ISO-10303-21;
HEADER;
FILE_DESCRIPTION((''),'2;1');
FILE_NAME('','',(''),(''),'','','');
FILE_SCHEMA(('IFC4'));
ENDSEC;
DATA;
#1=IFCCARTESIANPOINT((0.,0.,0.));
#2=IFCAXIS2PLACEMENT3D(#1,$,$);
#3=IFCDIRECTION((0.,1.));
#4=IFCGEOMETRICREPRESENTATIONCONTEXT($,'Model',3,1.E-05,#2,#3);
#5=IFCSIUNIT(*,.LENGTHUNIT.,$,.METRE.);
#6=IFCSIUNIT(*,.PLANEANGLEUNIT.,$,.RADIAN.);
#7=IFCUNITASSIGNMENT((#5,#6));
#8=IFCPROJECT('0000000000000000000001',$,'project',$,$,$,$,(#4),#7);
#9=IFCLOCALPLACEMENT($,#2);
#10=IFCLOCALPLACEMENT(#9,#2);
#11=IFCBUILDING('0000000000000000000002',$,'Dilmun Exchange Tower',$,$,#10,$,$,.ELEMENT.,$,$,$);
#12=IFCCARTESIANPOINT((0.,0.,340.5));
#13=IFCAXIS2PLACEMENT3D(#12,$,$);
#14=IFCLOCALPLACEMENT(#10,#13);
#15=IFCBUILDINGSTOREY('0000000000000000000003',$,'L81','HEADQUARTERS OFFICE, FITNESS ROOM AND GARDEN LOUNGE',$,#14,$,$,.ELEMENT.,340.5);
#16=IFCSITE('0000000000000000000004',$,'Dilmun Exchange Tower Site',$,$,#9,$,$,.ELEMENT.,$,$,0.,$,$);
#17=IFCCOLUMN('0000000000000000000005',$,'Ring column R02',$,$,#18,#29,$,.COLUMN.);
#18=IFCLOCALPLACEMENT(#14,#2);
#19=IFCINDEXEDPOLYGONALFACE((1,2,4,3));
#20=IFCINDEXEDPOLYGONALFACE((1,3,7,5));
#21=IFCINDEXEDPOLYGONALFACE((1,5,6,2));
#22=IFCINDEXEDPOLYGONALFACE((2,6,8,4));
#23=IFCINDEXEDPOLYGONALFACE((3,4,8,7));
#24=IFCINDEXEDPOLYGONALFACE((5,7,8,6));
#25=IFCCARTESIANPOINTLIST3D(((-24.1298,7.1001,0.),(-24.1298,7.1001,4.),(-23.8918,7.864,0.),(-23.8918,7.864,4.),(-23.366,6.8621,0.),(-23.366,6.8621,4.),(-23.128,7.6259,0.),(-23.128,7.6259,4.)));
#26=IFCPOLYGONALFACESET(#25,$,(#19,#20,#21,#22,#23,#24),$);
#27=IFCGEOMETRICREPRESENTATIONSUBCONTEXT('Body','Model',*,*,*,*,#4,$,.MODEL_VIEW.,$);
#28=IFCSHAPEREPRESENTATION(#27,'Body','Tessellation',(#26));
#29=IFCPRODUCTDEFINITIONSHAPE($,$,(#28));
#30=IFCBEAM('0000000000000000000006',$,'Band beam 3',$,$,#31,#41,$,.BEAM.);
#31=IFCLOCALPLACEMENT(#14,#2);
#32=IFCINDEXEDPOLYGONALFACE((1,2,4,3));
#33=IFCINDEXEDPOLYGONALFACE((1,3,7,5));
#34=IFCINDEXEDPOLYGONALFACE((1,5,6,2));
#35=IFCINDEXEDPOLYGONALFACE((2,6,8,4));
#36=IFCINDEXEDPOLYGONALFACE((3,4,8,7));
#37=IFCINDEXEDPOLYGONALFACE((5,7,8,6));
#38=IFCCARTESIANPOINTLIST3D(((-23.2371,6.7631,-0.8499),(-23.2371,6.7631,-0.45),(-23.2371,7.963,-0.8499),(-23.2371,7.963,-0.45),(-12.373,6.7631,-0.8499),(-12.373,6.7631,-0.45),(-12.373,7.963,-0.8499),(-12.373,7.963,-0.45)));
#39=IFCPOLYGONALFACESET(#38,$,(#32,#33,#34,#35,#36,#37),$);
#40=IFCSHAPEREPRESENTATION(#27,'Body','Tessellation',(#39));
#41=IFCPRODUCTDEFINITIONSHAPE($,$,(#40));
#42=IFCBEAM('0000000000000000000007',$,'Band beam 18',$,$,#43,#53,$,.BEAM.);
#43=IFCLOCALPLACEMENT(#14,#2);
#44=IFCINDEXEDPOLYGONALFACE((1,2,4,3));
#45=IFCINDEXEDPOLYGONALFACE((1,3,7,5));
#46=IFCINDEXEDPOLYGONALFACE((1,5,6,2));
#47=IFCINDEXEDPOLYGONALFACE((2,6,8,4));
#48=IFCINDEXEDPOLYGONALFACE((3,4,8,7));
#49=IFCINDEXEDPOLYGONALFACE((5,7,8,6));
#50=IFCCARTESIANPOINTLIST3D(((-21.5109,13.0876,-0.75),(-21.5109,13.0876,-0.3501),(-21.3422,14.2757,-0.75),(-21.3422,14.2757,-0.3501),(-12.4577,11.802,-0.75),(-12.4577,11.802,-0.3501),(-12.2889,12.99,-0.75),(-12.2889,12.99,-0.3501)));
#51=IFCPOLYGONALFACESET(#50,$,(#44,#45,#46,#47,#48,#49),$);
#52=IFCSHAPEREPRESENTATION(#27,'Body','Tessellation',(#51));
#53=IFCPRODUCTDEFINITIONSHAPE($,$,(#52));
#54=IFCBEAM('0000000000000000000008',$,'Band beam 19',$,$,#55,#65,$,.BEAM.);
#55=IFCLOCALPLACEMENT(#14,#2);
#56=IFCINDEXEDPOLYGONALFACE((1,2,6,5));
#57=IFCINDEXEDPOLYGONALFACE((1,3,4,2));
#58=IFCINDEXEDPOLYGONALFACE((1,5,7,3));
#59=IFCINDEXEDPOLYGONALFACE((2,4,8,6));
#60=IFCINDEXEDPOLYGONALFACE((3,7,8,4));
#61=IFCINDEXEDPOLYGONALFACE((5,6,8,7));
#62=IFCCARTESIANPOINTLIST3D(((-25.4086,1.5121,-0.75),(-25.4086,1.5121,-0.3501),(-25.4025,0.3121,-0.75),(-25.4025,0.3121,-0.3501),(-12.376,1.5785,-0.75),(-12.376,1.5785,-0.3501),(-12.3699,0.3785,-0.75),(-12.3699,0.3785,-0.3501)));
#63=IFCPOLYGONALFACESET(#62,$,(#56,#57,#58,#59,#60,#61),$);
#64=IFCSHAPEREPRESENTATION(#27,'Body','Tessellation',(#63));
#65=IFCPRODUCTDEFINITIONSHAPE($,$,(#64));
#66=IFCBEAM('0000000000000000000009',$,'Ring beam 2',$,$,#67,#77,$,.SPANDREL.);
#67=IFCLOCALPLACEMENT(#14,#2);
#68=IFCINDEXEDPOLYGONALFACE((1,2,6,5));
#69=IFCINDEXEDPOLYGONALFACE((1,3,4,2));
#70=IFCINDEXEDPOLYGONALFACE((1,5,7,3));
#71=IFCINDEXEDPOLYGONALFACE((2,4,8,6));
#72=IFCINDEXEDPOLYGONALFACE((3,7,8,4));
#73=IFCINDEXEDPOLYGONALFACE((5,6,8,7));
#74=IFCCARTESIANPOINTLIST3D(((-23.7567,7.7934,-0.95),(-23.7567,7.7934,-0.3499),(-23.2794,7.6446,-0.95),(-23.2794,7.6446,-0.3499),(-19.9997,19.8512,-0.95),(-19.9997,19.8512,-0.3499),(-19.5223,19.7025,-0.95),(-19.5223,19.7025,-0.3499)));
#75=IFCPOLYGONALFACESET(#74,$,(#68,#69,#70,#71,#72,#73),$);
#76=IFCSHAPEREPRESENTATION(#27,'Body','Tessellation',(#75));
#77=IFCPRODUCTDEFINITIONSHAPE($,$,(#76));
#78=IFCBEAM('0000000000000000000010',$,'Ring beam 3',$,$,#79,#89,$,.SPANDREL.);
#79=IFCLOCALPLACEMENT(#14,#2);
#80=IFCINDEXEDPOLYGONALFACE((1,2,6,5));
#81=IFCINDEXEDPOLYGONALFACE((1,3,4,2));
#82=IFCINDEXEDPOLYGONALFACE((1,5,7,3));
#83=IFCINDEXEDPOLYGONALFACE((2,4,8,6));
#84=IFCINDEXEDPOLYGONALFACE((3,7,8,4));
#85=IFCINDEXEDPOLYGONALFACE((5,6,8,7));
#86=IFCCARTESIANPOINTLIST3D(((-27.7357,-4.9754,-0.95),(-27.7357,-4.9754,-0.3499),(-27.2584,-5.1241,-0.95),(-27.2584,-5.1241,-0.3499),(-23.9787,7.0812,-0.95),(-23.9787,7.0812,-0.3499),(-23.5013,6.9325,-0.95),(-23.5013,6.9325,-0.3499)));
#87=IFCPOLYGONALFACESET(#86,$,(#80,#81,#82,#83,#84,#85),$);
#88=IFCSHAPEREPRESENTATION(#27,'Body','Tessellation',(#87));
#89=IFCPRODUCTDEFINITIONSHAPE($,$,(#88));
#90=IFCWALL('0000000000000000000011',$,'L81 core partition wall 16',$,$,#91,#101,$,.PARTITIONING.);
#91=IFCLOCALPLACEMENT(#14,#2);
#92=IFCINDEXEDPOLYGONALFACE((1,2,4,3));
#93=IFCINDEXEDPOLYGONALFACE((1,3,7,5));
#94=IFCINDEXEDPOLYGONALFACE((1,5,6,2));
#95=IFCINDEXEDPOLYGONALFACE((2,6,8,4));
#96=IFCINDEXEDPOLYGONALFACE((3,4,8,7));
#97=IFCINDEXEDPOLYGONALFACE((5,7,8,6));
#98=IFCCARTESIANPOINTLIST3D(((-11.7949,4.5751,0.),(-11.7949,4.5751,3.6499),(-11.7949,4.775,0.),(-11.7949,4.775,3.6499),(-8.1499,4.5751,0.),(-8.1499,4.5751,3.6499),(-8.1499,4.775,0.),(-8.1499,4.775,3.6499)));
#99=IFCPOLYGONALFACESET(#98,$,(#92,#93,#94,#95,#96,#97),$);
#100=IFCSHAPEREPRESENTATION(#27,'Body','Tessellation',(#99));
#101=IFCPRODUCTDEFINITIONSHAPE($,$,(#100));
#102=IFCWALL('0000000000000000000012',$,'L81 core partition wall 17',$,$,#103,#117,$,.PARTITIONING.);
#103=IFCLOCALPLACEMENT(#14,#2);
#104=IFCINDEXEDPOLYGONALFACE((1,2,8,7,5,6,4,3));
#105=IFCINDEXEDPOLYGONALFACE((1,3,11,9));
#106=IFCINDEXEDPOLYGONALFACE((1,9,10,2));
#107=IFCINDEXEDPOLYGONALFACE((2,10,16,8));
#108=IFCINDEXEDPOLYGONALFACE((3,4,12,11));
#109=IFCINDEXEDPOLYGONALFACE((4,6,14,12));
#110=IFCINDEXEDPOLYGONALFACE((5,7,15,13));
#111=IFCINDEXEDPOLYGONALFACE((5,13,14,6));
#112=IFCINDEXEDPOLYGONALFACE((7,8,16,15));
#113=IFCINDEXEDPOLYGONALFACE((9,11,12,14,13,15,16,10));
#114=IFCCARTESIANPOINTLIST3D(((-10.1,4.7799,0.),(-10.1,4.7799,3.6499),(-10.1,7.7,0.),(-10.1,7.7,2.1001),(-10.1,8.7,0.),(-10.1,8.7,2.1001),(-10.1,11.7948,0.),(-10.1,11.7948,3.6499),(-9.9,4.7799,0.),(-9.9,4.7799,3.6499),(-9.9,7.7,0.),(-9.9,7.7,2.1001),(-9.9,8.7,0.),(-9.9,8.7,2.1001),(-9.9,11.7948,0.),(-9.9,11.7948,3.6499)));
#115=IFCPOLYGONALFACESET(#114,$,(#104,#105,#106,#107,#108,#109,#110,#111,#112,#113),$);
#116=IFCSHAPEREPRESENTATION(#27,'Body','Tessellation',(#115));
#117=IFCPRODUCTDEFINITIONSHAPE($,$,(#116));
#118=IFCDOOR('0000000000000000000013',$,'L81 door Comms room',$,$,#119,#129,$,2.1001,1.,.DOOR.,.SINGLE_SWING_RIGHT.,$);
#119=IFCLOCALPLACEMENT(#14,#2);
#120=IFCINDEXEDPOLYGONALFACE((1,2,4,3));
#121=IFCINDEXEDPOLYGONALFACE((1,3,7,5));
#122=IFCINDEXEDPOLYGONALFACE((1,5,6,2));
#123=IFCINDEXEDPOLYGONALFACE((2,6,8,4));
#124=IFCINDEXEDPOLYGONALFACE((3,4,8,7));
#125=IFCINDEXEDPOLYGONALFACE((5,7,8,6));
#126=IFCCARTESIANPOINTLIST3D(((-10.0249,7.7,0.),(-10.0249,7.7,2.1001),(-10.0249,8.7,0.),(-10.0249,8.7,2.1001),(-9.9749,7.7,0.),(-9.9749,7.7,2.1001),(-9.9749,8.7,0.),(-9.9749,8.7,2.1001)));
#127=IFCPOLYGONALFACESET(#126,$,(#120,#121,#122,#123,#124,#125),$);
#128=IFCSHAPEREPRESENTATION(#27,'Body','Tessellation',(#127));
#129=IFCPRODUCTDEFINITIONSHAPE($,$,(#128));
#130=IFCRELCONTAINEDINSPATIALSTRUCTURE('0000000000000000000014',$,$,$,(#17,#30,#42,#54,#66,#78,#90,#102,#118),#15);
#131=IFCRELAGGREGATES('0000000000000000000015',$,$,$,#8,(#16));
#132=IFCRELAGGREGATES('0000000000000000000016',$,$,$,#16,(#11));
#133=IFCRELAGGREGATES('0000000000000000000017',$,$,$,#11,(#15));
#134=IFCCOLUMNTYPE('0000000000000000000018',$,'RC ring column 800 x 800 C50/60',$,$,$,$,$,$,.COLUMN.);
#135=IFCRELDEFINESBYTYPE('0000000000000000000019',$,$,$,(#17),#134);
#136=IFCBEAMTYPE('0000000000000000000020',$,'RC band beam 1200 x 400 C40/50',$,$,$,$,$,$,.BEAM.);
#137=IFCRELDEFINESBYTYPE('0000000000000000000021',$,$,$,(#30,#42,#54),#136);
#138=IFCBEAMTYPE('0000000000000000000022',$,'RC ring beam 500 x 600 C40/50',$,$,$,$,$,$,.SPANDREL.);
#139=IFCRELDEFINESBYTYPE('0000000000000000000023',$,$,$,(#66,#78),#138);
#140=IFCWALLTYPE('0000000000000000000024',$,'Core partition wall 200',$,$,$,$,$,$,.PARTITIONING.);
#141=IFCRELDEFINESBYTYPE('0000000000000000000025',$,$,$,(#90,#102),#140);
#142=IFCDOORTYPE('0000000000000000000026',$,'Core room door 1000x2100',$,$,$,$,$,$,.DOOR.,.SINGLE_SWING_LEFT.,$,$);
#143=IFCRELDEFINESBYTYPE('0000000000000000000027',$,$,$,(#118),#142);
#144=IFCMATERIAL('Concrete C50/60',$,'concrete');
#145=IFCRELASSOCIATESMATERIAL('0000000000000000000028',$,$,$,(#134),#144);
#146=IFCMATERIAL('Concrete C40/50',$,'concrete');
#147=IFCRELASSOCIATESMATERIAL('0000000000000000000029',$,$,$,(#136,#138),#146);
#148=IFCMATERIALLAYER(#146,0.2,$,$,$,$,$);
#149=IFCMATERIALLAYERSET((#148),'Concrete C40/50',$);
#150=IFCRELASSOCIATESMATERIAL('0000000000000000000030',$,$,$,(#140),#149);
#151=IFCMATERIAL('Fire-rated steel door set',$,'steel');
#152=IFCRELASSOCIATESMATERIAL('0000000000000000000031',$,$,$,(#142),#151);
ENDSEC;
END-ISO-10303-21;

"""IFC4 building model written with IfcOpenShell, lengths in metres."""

from ifc_helpers import new_model, si_unit, direction, frame, frame_2d, origin, origin_2d, place, context, subcontext, project, spatial, rectangle, extrude, material, layer, layer_set, material_profile, profile_set, type_object, element, fill, save


model = new_model("IFC4")

# Units and contexts
model_context = context("Model", 3, precision=1e-05, world=origin(), true_north=direction((0.0, 1.0)))
body_context = subcontext(model_context, "Body", "Model", "MODEL_VIEW")
ifc_project = project(units=[si_unit("LENGTHUNIT", "METRE"), si_unit("PLANEANGLEUNIT", "RADIAN")], contexts=[model_context])

# Site, building, storey
site_placement = place(None, origin())
site = spatial("IfcSite", under=ifc_project, at=site_placement, Name="Dilmun Exchange Tower Site", CompositionType="ELEMENT", RefElevation=0.0)
building_placement = place(site_placement, origin())
building = spatial("IfcBuilding", under=site, at=building_placement, Name="Dilmun Exchange Tower", CompositionType="ELEMENT")
storey_placement = place(building_placement, frame((0.0, 0.0, 340.5)))
storey = spatial("IfcBuildingStorey", under=building, at=storey_placement, Name="L81", Description="HEADQUARTERS OFFICE, FITNESS ROOM AND GARDEN LOUNGE", CompositionType="ELEMENT", Elevation=340.5)

# Column
ifc_material_1 = material(Name="Concrete C50/60", Category="concrete")
ifc_material_profile_1 = material_profile(ifc_material_1, rectangle(XDim=0.8, YDim=0.8, at=origin_2d()), Name="800 x 800")
ifc_profile_set_1 = profile_set([ifc_material_profile_1], Name="Concrete C50/60")
column_type = type_object("IfcColumnType", Name="RC ring column 800 x 800 C50/60", PredefinedType="COLUMN", material=ifc_profile_set_1)
column_placement = place(storey_placement, frame((-23.6289, 7.363, 0.0), z_axis=(0.0, 0.0, 1.0), x_axis=(0.297503, 0.954721, 0.0)))
element("IfcColumn", 1, at=column_placement, inside=storey, type_object=column_type, Name="Ring column R02", PredefinedType="COLUMN", context=body_context, shape_type="SweptSolid", body=[
    extrude(rectangle(XDim=0.8, YDim=0.8, at=origin_2d()), origin(), (0.0, 0.0, 1.0), 4.0),
])

# Beams
ifc_material_2 = material(Name="Concrete C40/50", Category="concrete")
ifc_material_profile_2 = material_profile(ifc_material_2, rectangle(XDim=1.2, YDim=0.3999, at=origin_2d()), Name="1200 x 400")
ifc_profile_set_2 = profile_set([ifc_material_profile_2], Name="Concrete C40/50")
beam_type_1 = type_object("IfcBeamType", Name="RC band beam 1200 x 400 C40/50", PredefinedType="BEAM", material=ifc_profile_set_2)
beam_1_placement = place(storey_placement, frame((-23.2371, 7.363, -0.6499), z_axis=(1.0, 0.0, 0.0), x_axis=(0.0, 1.0, 0.0)))
element("IfcBeam", 2, at=beam_1_placement, inside=storey, type_object=beam_type_1, Name="Band beam 3", PredefinedType="BEAM", context=body_context, shape_type="SweptSolid", body=[
    extrude(rectangle(XDim=1.2, YDim=0.3999, at=origin_2d()), origin(), (0.0, 0.0, 1.0), 10.864),
])
beam_2_placement = place(storey_placement, frame((-21.4265, 13.6816, -0.55), z_axis=(0.990067, -0.140599, 0.0), x_axis=(0.140599, 0.990067, 0.0)))
element("IfcBeam", 3, at=beam_2_placement, inside=storey, type_object=beam_type_1, Name="Band beam 18", PredefinedType="BEAM", context=body_context, shape_type="SweptSolid", body=[
    extrude(rectangle(XDim=1.2, YDim=0.3999, at=origin_2d()), origin(), (0.0, 0.0, 1.0), 9.144),
])
beam_3_placement = place(storey_placement, frame((-25.4055, 0.9121, -0.55), z_axis=(0.999987, 0.005095, 0.0), x_axis=(-0.005095, 0.999987, 0.0)))
element("IfcBeam", 4, at=beam_3_placement, inside=storey, type_object=beam_type_1, Name="Band beam 19", PredefinedType="BEAM", context=body_context, shape_type="SweptSolid", body=[
    extrude(rectangle(XDim=1.2, YDim=0.3999, at=origin_2d()), origin(), (0.0, 0.0, 1.0), 13.0327),
])
ifc_material_profile_3 = material_profile(ifc_material_2, rectangle(XDim=0.5, YDim=0.6001, at=origin_2d()), Name="500 x 600")
ifc_profile_set_3 = profile_set([ifc_material_profile_3], Name="Concrete C40/50")
beam_type_2 = type_object("IfcBeamType", Name="RC ring beam 500 x 600 C40/50", PredefinedType="SPANDREL", material=ifc_profile_set_3)
beam_4_placement = place(storey_placement, frame((-19.761, 19.7769, -0.6499), z_axis=(-0.297481, -0.954728, 0.0), x_axis=(0.954728, -0.297481, 0.0)))
element("IfcBeam", 5, at=beam_4_placement, inside=storey, type_object=beam_type_2, Name="Ring beam 2", PredefinedType="SPANDREL", context=body_context, shape_type="SweptSolid", body=[
    extrude(rectangle(XDim=0.5, YDim=0.6001, at=origin_2d()), origin(), (0.0, 0.0, 1.0), 12.6296),
])
beam_5_placement = place(storey_placement, frame((-23.74, 7.0068, -0.6499), z_axis=(-0.297509, -0.954719, 0.0), x_axis=(0.954719, -0.297509, 0.0)))
element("IfcBeam", 6, at=beam_5_placement, inside=storey, type_object=beam_type_2, Name="Ring beam 3", PredefinedType="SPANDREL", context=body_context, shape_type="SweptSolid", body=[
    extrude(rectangle(XDim=0.5, YDim=0.6001, at=origin_2d()), origin(), (0.0, 0.0, 1.0), 12.6284),
])

# Wall
ifc_layer_1 = layer(ifc_material_2, 0.2)
ifc_layer_set_1 = layer_set([ifc_layer_1], Name="Concrete C40/50")
wall_type_1 = type_object("IfcWallType", Name="Core partition wall 200", PredefinedType="PARTITIONING", material=ifc_layer_set_1)
wall_1_placement = place(storey_placement, frame((-11.7949, 4.675, 0.0), z_axis=(0.0, 0.0, 1.0), x_axis=(1.0, 0.0, 0.0)))
element("IfcWall", 7, at=wall_1_placement, inside=storey, type_object=wall_type_1, Name="L81 core partition wall 16", PredefinedType="PARTITIONING", context=body_context, shape_type="SweptSolid", body=[
    extrude(rectangle(XDim=3.645, YDim=0.2, at=frame_2d((1.8225, 0.0))), origin(), (0.0, 0.0, 1.0), 3.6499),
])

# Wall, opening, door
wall_2_placement = place(storey_placement, frame((-10.0, 4.78, 0.0), z_axis=(0.0, 0.0, 1.0), x_axis=(0.0, 1.0, 0.0)))
wall_2 = element("IfcWall", 8, at=wall_2_placement, inside=storey, type_object=wall_type_1, Name="L81 core partition wall 17", PredefinedType="PARTITIONING", context=body_context, shape_type="SweptSolid", body=[
    extrude(rectangle(XDim=7.0149, YDim=0.2, at=frame_2d((3.5073, 0.0))), origin(), (0.0, 0.0, 1.0), 3.6499),
])
opening_1_placement = place(wall_2_placement, frame((2.9199, 0.0, 0.0)))
opening_1 = element("IfcOpeningElement", 9, at=opening_1_placement, cuts=wall_2, PredefinedType="OPENING", context=body_context, shape_type="SweptSolid", body=[
    extrude(rectangle(XDim=1.0, YDim=2.1001, at=frame_2d((0.5, 1.05))), frame((0.0, 0.1099, 0.0), z_axis=(0.0, -1.0, 0.0), x_axis=(1.0, 0.0, 0.0)), (0.0, 0.0, 1.0), 0.22),
])
ifc_material_3 = material(Name="Fire-rated steel door set", Category="steel")
door_type_1 = type_object("IfcDoorType", Name="Core room door 1000x2100", OperationType="SINGLE_SWING_LEFT", PredefinedType="DOOR", material=ifc_material_3)
door_1_placement = place(opening_1_placement, origin())
door_1 = element("IfcDoor", 10, at=door_1_placement, inside=storey, type_object=door_type_1, Name="L81 door Comms room", OperationType="SINGLE_SWING_RIGHT", OverallHeight=2.1001, OverallWidth=1.0, PredefinedType="DOOR", context=body_context, shape_type="SweptSolid", body=[
    extrude(rectangle(XDim=1.0, YDim=2.1001, at=frame_2d((0.5, 1.05))), frame((0.0, 0.0249, 0.0), z_axis=(0.0, -1.0, 0.0), x_axis=(1.0, 0.0, 0.0)), (0.0, 0.0, 1.0), 0.05),
])
fill(opening_1, door_1)

save(model, "model.ifc")
